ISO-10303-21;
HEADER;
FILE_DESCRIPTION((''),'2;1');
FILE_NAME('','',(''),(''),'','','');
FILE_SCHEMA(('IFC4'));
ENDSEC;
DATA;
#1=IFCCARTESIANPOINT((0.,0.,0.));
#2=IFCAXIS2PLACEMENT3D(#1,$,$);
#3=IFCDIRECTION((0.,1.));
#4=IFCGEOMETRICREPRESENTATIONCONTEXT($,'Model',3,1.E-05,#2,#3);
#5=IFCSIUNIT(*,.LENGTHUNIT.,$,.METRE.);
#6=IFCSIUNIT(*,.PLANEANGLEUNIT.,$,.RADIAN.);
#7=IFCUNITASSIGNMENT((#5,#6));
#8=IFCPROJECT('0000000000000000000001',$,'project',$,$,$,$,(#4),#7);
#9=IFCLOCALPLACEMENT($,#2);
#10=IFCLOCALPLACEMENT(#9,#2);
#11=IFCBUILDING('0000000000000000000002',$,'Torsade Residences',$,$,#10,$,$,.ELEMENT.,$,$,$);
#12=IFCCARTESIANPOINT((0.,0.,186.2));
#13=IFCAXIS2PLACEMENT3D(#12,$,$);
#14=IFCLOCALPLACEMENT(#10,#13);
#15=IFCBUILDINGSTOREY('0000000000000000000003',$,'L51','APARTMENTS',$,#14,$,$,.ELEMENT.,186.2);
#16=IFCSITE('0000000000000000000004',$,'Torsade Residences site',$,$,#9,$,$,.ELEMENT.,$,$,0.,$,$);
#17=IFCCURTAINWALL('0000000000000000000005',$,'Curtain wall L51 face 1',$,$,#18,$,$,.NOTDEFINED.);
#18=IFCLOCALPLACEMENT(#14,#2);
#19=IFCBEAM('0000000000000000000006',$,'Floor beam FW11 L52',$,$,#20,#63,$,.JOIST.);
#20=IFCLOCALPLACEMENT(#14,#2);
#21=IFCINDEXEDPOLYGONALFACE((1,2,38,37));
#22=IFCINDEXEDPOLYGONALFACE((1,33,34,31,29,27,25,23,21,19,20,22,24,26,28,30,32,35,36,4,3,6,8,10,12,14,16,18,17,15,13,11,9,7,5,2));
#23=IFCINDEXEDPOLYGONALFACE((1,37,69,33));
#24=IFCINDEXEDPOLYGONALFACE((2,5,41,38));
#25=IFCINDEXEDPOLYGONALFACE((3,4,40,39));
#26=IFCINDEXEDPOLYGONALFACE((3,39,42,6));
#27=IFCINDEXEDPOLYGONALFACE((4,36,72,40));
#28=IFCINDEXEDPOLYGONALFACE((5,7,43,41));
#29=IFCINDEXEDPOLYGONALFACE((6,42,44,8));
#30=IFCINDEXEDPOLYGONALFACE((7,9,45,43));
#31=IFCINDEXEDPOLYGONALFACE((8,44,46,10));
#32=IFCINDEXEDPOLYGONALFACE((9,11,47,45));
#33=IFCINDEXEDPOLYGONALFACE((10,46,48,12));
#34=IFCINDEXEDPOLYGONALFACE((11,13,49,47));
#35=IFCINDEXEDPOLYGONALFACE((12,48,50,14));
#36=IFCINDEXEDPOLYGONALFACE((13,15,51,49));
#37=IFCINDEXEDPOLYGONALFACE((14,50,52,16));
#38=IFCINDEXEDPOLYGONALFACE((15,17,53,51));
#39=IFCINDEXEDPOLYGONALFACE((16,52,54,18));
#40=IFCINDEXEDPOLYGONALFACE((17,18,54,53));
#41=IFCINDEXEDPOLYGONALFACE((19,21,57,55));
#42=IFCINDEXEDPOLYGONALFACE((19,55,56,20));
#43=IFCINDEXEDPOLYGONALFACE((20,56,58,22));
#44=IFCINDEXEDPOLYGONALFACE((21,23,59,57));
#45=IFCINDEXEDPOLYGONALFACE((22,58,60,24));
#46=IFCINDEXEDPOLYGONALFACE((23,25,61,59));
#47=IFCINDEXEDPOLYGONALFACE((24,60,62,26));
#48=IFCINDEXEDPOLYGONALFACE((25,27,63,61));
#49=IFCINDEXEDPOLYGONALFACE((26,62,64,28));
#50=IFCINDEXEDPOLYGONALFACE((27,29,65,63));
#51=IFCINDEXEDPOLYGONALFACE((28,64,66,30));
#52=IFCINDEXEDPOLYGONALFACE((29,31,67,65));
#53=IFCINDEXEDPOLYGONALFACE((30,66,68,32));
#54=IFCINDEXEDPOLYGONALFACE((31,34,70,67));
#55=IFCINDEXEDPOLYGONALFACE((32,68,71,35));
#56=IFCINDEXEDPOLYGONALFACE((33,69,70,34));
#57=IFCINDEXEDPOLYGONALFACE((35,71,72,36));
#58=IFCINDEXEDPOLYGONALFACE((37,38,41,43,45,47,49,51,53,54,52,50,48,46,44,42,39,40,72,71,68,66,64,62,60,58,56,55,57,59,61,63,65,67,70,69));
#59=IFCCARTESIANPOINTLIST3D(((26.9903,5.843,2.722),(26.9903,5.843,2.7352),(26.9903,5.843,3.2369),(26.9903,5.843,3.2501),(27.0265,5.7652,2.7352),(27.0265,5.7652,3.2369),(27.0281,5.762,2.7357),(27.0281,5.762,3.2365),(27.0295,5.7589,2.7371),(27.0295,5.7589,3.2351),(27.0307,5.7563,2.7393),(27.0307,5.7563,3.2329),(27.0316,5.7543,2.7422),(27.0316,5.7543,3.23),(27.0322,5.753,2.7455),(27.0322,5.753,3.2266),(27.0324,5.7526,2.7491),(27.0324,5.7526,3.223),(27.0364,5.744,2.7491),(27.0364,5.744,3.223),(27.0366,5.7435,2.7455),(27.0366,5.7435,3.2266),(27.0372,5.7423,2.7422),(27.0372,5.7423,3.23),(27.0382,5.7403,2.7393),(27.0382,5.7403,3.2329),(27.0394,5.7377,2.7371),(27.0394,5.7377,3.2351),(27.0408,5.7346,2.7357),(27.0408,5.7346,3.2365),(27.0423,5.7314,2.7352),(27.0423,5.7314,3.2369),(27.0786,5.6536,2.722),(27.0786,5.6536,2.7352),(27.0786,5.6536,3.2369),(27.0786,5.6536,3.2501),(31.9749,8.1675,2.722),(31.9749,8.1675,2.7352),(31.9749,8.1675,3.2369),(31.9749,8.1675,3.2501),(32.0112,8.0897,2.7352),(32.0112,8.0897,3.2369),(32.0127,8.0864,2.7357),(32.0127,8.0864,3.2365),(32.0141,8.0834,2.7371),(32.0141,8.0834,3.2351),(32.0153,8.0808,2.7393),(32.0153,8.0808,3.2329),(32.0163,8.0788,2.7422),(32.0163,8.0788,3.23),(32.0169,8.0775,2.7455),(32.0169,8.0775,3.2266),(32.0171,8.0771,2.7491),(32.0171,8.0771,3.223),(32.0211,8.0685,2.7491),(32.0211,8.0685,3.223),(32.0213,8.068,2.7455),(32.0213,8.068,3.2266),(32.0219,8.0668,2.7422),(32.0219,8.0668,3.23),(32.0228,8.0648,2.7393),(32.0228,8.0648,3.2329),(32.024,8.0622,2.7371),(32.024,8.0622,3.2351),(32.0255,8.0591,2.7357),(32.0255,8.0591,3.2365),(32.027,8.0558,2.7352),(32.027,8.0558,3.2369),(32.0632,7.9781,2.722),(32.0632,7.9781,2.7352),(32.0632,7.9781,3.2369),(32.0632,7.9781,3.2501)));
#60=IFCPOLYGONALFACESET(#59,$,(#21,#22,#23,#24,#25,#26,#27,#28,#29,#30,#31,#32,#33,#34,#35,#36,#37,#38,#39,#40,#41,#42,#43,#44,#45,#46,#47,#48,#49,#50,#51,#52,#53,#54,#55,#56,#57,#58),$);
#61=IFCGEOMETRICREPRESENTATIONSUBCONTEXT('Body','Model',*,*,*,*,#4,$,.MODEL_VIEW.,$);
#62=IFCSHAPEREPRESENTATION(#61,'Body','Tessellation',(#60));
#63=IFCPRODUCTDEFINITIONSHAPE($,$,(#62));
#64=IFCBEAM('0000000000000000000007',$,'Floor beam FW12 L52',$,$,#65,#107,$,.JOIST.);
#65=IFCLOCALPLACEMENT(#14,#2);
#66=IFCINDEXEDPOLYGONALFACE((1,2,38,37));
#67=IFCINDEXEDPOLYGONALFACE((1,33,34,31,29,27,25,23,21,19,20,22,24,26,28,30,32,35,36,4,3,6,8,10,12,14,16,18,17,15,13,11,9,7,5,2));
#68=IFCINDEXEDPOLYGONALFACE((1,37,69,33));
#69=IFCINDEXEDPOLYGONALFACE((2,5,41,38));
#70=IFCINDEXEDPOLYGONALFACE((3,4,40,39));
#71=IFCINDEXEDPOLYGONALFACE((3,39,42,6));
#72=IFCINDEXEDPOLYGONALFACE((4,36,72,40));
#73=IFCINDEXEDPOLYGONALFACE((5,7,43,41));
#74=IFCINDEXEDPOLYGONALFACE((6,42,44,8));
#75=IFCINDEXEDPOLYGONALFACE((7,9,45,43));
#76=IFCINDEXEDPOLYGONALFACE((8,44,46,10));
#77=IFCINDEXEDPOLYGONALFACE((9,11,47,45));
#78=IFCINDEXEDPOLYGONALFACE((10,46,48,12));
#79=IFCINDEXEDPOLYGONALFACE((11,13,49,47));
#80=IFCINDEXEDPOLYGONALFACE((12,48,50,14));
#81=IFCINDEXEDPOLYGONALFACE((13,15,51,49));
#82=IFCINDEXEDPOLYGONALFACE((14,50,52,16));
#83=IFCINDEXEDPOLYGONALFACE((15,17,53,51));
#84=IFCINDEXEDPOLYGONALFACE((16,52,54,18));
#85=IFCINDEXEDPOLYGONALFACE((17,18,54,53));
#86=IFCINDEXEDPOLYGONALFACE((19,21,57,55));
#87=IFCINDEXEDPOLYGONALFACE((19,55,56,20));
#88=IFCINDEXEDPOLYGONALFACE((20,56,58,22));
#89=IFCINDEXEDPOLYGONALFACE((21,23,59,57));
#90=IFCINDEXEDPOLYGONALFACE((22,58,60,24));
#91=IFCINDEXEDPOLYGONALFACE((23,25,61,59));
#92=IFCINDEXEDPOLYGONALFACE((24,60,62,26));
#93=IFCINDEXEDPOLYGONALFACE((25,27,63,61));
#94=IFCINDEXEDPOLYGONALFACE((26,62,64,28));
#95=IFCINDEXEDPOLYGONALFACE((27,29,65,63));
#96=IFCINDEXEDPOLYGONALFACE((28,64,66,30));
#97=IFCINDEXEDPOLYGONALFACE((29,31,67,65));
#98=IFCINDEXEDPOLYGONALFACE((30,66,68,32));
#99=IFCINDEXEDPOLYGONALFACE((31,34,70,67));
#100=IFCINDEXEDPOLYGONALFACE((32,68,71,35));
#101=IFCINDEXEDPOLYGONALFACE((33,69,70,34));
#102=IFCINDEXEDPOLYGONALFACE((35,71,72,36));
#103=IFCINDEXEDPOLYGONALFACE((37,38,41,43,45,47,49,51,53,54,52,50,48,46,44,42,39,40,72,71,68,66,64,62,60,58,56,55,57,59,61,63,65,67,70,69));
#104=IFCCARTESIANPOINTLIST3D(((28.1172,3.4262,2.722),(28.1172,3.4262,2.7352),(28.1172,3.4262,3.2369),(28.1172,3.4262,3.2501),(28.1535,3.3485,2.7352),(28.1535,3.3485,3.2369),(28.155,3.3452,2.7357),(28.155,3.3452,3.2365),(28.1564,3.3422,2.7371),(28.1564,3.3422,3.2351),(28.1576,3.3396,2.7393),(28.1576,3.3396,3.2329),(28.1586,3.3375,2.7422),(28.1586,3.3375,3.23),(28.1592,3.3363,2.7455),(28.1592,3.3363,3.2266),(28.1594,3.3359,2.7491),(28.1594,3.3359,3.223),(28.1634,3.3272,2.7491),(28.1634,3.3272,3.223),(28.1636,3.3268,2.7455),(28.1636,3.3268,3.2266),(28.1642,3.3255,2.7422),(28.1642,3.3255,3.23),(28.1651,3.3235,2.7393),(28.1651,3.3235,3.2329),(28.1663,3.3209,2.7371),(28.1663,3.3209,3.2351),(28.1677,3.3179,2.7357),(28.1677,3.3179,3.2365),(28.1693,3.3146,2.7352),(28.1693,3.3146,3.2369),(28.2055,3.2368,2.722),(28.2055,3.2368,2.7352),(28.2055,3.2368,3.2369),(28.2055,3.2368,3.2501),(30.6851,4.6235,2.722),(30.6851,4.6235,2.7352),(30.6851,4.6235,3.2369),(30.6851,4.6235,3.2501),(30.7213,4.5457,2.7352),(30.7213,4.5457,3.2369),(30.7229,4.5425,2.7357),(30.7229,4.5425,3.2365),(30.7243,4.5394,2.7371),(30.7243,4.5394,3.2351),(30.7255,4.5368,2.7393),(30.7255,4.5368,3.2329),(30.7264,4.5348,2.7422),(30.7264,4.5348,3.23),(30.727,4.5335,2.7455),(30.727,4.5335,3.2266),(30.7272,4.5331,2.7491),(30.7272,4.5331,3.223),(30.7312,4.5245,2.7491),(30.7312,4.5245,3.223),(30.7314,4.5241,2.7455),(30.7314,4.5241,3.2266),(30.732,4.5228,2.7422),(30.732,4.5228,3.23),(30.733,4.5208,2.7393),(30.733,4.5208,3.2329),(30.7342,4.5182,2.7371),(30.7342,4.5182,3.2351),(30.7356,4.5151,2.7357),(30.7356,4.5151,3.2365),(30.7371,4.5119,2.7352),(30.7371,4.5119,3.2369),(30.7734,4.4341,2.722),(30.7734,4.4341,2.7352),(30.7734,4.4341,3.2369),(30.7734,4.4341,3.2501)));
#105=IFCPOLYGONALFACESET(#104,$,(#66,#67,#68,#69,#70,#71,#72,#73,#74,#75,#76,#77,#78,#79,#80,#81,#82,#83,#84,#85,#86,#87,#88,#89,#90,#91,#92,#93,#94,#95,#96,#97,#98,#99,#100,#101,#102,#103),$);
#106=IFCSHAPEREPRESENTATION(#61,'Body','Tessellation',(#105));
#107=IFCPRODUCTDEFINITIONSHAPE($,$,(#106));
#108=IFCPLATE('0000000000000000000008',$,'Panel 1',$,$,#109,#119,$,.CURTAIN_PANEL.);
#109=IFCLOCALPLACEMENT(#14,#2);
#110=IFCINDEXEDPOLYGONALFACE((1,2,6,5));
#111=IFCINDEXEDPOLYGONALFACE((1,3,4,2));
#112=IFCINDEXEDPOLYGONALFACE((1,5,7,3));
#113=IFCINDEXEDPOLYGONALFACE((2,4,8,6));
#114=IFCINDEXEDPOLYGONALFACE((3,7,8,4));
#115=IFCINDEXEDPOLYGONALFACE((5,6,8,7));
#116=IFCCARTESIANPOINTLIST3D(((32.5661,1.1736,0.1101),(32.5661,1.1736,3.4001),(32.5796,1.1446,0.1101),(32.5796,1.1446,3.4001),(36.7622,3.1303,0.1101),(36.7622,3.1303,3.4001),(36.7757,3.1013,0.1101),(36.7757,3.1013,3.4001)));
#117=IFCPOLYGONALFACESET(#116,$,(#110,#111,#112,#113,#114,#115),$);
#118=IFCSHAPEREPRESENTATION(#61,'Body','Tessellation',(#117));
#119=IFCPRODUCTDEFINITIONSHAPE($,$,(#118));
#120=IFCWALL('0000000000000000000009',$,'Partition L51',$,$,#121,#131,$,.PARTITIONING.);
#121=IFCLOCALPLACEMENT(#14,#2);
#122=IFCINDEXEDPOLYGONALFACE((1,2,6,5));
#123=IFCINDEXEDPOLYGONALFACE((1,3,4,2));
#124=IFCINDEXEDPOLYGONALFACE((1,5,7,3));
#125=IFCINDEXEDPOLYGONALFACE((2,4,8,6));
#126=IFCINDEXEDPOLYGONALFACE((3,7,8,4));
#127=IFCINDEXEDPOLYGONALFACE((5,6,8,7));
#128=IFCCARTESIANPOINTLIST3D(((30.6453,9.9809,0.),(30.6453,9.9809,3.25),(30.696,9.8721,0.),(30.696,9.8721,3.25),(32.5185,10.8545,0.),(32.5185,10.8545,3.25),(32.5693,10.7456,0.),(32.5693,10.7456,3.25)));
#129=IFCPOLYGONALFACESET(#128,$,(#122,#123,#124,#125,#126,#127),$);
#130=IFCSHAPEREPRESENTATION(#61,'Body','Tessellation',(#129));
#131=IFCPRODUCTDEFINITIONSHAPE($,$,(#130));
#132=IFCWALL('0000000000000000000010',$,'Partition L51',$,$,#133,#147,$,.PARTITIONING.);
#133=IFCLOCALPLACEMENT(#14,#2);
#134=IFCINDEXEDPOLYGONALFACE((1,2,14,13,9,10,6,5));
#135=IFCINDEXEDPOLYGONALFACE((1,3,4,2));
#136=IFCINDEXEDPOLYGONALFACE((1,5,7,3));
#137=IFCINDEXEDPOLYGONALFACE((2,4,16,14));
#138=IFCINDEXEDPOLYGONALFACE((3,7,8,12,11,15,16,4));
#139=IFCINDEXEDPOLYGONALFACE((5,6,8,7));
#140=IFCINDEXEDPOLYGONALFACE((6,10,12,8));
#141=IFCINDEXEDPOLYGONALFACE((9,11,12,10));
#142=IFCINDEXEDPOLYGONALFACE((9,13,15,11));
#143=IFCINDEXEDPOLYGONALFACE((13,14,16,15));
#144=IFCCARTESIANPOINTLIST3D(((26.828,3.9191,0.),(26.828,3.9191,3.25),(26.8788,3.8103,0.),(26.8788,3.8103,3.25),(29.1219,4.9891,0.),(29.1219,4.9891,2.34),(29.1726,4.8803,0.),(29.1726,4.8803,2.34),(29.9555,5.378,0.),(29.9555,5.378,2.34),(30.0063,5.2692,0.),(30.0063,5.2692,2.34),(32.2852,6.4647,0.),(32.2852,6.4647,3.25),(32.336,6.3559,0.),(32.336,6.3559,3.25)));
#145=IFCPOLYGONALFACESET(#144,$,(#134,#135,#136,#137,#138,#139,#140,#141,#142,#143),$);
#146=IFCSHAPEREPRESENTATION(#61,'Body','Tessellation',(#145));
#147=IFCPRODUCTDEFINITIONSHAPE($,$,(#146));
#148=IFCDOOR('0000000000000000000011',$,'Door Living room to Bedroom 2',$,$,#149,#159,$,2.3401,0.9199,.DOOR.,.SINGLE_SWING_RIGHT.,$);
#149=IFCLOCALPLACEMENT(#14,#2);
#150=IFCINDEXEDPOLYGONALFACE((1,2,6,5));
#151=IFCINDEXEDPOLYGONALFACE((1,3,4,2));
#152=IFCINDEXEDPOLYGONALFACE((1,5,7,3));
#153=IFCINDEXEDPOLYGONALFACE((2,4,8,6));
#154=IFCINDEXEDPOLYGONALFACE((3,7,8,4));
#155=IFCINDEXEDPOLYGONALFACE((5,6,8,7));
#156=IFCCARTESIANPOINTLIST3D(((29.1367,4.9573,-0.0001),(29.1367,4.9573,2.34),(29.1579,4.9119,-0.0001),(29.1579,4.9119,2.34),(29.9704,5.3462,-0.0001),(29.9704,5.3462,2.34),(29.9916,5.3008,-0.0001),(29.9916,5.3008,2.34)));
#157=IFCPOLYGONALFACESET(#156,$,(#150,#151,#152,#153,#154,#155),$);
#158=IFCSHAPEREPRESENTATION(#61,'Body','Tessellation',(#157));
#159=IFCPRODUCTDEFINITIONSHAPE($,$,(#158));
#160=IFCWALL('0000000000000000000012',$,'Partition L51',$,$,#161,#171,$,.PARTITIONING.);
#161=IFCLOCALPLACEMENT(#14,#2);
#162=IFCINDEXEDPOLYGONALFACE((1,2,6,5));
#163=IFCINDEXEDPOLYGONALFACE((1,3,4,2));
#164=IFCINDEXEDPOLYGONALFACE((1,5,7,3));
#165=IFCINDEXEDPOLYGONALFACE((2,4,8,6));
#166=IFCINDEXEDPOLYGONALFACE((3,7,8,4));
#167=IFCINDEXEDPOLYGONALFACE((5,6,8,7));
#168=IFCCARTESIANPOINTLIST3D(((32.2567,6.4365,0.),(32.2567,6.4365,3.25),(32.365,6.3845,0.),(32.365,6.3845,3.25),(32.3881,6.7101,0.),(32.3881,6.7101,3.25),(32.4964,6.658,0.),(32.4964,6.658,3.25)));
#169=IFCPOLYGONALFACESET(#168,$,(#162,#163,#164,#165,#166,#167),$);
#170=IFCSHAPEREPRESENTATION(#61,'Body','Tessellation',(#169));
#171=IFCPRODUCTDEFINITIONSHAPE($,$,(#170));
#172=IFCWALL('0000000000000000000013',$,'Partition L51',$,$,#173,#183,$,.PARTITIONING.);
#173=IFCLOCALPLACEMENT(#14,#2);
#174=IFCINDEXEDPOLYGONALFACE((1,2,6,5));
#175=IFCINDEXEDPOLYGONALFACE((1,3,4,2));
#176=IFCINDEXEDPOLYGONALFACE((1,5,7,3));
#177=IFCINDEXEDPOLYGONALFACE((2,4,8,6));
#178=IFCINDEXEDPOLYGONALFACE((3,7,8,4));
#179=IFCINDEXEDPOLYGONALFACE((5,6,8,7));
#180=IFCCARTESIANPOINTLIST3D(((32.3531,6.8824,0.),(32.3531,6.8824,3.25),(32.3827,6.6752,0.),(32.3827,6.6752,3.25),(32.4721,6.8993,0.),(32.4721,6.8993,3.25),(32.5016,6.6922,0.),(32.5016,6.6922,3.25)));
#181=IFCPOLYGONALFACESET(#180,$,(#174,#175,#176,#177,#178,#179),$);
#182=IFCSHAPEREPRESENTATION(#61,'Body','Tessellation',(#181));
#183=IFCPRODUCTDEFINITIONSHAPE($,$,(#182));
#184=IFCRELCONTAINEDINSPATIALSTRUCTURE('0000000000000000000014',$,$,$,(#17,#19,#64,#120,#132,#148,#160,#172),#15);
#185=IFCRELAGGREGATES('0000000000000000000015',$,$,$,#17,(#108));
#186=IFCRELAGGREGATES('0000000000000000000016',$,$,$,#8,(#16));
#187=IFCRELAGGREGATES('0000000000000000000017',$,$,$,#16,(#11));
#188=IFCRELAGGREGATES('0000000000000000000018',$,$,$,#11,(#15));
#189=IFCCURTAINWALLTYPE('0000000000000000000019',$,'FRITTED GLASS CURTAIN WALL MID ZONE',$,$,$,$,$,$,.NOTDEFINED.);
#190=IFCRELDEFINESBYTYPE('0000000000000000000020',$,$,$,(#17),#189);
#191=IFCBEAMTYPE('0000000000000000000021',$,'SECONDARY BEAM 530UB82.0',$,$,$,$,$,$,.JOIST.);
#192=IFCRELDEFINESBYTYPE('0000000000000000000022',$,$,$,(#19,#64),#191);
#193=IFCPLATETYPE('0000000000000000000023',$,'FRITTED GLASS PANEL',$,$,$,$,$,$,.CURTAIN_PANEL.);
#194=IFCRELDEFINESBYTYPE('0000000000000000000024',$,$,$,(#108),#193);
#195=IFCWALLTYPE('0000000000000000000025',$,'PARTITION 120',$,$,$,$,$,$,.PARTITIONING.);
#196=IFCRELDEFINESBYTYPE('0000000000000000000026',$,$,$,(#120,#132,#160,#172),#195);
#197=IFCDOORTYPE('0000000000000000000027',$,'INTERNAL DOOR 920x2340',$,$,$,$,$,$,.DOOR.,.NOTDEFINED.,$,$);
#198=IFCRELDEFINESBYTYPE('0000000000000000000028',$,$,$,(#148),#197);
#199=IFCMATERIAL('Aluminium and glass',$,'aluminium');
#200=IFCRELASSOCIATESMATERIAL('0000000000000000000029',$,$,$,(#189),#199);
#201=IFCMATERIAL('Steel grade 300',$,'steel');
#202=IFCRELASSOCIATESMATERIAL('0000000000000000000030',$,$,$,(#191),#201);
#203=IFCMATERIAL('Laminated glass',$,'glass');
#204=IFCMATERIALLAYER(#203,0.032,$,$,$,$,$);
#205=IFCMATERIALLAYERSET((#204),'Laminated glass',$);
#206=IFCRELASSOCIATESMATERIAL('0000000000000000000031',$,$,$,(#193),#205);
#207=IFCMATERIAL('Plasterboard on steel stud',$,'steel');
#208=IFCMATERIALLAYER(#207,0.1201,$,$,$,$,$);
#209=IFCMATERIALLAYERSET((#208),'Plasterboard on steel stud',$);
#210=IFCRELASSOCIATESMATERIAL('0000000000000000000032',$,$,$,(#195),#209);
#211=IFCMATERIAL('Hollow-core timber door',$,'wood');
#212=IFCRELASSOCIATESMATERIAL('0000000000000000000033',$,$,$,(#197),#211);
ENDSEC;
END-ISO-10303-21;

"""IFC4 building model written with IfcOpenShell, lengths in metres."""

from ifc_helpers import new_model, si_unit, direction, frame, frame_2d, origin, origin_2d, place, context, subcontext, project, spatial, rectangle, i_section, extrude, material, layer, layer_set, material_profile, profile_set, type_object, element, fill, aggregate, save


model = new_model("IFC4")

# Units and contexts
model_context = context("Model", 3, precision=1e-05, world=origin(), true_north=direction((0.0, 1.0)))
body_context = subcontext(model_context, "Body", "Model", "MODEL_VIEW")
ifc_project = project(units=[si_unit("LENGTHUNIT", "METRE"), si_unit("PLANEANGLEUNIT", "RADIAN")], contexts=[model_context])

# Site, building, storey
site_placement = place(None, origin())
site = spatial("IfcSite", under=ifc_project, at=site_placement, Name="Torsade Residences site", CompositionType="ELEMENT", RefElevation=0.0)
building_placement = place(site_placement, origin())
building = spatial("IfcBuilding", under=site, at=building_placement, Name="Torsade Residences", CompositionType="ELEMENT")
storey_placement = place(building_placement, frame((0.0, 0.0, 186.2)))
storey = spatial("IfcBuildingStorey", under=building, at=storey_placement, Name="L51", Description="APARTMENTS", CompositionType="ELEMENT", Elevation=186.2)

# Curtain wall
ifc_material_1 = material(Name="Aluminium and glass", Category="aluminium")
curtain_wall_type = type_object("IfcCurtainWallType", Name="FRITTED GLASS CURTAIN WALL MID ZONE", PredefinedType="NOTDEFINED", material=ifc_material_1)
curtain_wall_1_placement = place(storey_placement, origin())
curtain_wall_1 = element("IfcCurtainWall", 1, at=curtain_wall_1_placement, inside=storey, type_object=curtain_wall_type, Name="Curtain wall L51 face 1", PredefinedType="NOTDEFINED")

# Beams
ifc_material_2 = material(Name="Steel grade 300", Category="steel")
ifc_material_profile_1 = material_profile(ifc_material_2, i_section(OverallWidth=0.209, OverallDepth=0.5281, WebThickness=0.0095, FlangeThickness=0.0132, FilletRadius=0.0139, at=origin_2d()), Name="530UB82.0")
ifc_profile_set_1 = profile_set([ifc_material_profile_1], Name="Steel grade 300")
beam_type_1 = type_object("IfcBeamType", Name="SECONDARY BEAM 530UB82.0", PredefinedType="JOIST", material=ifc_profile_set_1)
beam_1_placement = place(storey_placement, frame((27.0344, 5.7483, 2.9861), z_axis=(0.906301, 0.422633, 0.0), x_axis=(-0.422633, 0.906301, 0.0)))
element("IfcBeam", 2, at=beam_1_placement, inside=storey, type_object=beam_type_1, Name="Floor beam FW11 L52", PredefinedType="JOIST", context=body_context, shape_type="SweptSolid", body=[
    extrude(i_section(OverallWidth=0.209, OverallDepth=0.5281, WebThickness=0.0095, FlangeThickness=0.0132, FilletRadius=0.0139, at=origin_2d()), origin(), (0.0, 0.0, 1.0), 5.5),
])
beam_2_placement = place(storey_placement, frame((28.1614, 3.3315, 2.9861), z_axis=(0.906328, 0.422574, 0.0), x_axis=(-0.422574, 0.906328, 0.0)))
element("IfcBeam", 3, at=beam_2_placement, inside=storey, type_object=beam_type_1, Name="Floor beam FW12 L52", PredefinedType="JOIST", context=body_context, shape_type="SweptSolid", body=[
    extrude(i_section(OverallWidth=0.209, OverallDepth=0.5281, WebThickness=0.0095, FlangeThickness=0.0132, FilletRadius=0.0139, at=origin_2d()), origin(), (0.0, 0.0, 1.0), 2.8333),
])

# Plate
ifc_material_3 = material(Name="Laminated glass", Category="glass")
ifc_layer_1 = layer(ifc_material_3, 0.032)
ifc_layer_set_1 = layer_set([ifc_layer_1], Name="Laminated glass")
plate_type = type_object("IfcPlateType", Name="FRITTED GLASS PANEL", PredefinedType="CURTAIN_PANEL", material=ifc_layer_set_1)
plate_placement = place(storey_placement, frame((34.6709, 2.1375, 0.1101), z_axis=(0.0, 0.0, 1.0), x_axis=(0.906308, 0.422618, 0.0)))
plate = element("IfcPlate", 4, at=plate_placement, type_object=plate_type, Name="Panel 1", PredefinedType="CURTAIN_PANEL", context=body_context, shape_type="SweptSolid", body=[
    extrude(rectangle(XDim=4.6299, YDim=0.032, at=origin_2d()), origin(), (0.0, 0.0, 1.0), 3.29),
])
aggregate(curtain_wall_1, [plate])

# Wall
ifc_material_4 = material(Name="Plasterboard on steel stud", Category="steel")
ifc_layer_2 = layer(ifc_material_4, 0.1201)
ifc_layer_set_2 = layer_set([ifc_layer_2], Name="Plasterboard on steel stud")
wall_type_1 = type_object("IfcWallType", Name="PARTITION 120", PredefinedType="PARTITIONING", material=ifc_layer_set_2)
wall_1_placement = place(storey_placement, frame((30.6707, 9.9265, 0.0), z_axis=(0.0, 0.0, 1.0), x_axis=(0.906307, 0.42262, 0.0)))
element("IfcWall", 5, at=wall_1_placement, inside=storey, type_object=wall_type_1, Name="Partition L51", PredefinedType="PARTITIONING", context=body_context, shape_type="SweptSolid", body=[
    extrude(rectangle(XDim=2.0669, YDim=0.1201, at=frame_2d((1.0334, 0.0))), origin(), (0.0, 0.0, 1.0), 3.25),
])

# Wall, opening, door
wall_2_placement = place(storey_placement, frame((26.8535, 3.8647, 0.0), z_axis=(0.0, 0.0, 1.0), x_axis=(0.906251, 0.422739, 0.0)))
wall_2 = element("IfcWall", 6, at=wall_2_placement, inside=storey, type_object=wall_type_1, Name="Partition L51", PredefinedType="PARTITIONING", context=body_context, shape_type="SweptSolid", body=[
    extrude(rectangle(XDim=6.0217, YDim=0.1201, at=frame_2d((3.0107, 0.0))), origin(), (0.0, 0.0, 1.0), 3.25),
])
opening_1_placement = place(wall_2_placement, frame((2.531, 0.0, 0.0)))
opening_1 = element("IfcOpeningElement", 7, at=opening_1_placement, cuts=wall_2, PredefinedType="OPENING", context=body_context, shape_type="SweptSolid", body=[
    extrude(rectangle(XDim=0.9199, YDim=2.3401, at=frame_2d((0.46, 1.1699))), frame((0.0, 0.0701, 0.0), z_axis=(0.0, -1.0, 0.0), x_axis=(1.0, 0.0, 0.0)), (0.0, 0.0, 1.0), 0.1401),
])
ifc_material_5 = material(Name="Hollow-core timber door", Category="wood")
door_type_1 = type_object("IfcDoorType", Name="INTERNAL DOOR 920x2340", OperationType="NOTDEFINED", PredefinedType="DOOR", material=ifc_material_5)
door_1_placement = place(opening_1_placement, origin())
door_1 = element("IfcDoor", 8, at=door_1_placement, inside=storey, type_object=door_type_1, Name="Door Living room to Bedroom 2", OperationType="SINGLE_SWING_RIGHT", OverallHeight=2.3401, OverallWidth=0.9199, PredefinedType="DOOR", context=body_context, shape_type="SweptSolid", body=[
    extrude(rectangle(XDim=0.9199, YDim=2.3401, at=frame_2d((0.46, 1.1699))), frame((0.0, 0.0249, 0.0), z_axis=(0.0, -1.0, 0.0), x_axis=(1.0, 0.0, 0.0)), (0.0, 0.0, 1.0), 0.05),
])
fill(opening_1, door_1)

# Walls
wall_3_placement = place(storey_placement, frame((32.3108, 6.4104, 0.0), z_axis=(0.0, 0.0, 1.0), x_axis=(0.432993, 0.901397, 0.0)))
element("IfcWall", 9, at=wall_3_placement, inside=storey, type_object=wall_type_1, Name="Partition L51", PredefinedType="PARTITIONING", context=body_context, shape_type="SweptSolid", body=[
    extrude(rectangle(XDim=0.3035, YDim=0.1201, at=frame_2d((0.1519, 0.0))), origin(), (0.0, 0.0, 1.0), 3.25),
])
wall_4_placement = place(storey_placement, frame((32.4421, 6.6838, 0.0), z_axis=(0.0, 0.0, 1.0), x_axis=(-0.141258, 0.989973, 0.0)))
element("IfcWall", 10, at=wall_4_placement, inside=storey, type_object=wall_type_1, Name="Partition L51", PredefinedType="PARTITIONING", context=body_context, shape_type="SweptSolid", body=[
    extrude(rectangle(XDim=0.2092, YDim=0.1201, at=frame_2d((0.1045, 0.0))), origin(), (0.0, 0.0, 1.0), 3.25),
])

save(model, "model.ifc")
